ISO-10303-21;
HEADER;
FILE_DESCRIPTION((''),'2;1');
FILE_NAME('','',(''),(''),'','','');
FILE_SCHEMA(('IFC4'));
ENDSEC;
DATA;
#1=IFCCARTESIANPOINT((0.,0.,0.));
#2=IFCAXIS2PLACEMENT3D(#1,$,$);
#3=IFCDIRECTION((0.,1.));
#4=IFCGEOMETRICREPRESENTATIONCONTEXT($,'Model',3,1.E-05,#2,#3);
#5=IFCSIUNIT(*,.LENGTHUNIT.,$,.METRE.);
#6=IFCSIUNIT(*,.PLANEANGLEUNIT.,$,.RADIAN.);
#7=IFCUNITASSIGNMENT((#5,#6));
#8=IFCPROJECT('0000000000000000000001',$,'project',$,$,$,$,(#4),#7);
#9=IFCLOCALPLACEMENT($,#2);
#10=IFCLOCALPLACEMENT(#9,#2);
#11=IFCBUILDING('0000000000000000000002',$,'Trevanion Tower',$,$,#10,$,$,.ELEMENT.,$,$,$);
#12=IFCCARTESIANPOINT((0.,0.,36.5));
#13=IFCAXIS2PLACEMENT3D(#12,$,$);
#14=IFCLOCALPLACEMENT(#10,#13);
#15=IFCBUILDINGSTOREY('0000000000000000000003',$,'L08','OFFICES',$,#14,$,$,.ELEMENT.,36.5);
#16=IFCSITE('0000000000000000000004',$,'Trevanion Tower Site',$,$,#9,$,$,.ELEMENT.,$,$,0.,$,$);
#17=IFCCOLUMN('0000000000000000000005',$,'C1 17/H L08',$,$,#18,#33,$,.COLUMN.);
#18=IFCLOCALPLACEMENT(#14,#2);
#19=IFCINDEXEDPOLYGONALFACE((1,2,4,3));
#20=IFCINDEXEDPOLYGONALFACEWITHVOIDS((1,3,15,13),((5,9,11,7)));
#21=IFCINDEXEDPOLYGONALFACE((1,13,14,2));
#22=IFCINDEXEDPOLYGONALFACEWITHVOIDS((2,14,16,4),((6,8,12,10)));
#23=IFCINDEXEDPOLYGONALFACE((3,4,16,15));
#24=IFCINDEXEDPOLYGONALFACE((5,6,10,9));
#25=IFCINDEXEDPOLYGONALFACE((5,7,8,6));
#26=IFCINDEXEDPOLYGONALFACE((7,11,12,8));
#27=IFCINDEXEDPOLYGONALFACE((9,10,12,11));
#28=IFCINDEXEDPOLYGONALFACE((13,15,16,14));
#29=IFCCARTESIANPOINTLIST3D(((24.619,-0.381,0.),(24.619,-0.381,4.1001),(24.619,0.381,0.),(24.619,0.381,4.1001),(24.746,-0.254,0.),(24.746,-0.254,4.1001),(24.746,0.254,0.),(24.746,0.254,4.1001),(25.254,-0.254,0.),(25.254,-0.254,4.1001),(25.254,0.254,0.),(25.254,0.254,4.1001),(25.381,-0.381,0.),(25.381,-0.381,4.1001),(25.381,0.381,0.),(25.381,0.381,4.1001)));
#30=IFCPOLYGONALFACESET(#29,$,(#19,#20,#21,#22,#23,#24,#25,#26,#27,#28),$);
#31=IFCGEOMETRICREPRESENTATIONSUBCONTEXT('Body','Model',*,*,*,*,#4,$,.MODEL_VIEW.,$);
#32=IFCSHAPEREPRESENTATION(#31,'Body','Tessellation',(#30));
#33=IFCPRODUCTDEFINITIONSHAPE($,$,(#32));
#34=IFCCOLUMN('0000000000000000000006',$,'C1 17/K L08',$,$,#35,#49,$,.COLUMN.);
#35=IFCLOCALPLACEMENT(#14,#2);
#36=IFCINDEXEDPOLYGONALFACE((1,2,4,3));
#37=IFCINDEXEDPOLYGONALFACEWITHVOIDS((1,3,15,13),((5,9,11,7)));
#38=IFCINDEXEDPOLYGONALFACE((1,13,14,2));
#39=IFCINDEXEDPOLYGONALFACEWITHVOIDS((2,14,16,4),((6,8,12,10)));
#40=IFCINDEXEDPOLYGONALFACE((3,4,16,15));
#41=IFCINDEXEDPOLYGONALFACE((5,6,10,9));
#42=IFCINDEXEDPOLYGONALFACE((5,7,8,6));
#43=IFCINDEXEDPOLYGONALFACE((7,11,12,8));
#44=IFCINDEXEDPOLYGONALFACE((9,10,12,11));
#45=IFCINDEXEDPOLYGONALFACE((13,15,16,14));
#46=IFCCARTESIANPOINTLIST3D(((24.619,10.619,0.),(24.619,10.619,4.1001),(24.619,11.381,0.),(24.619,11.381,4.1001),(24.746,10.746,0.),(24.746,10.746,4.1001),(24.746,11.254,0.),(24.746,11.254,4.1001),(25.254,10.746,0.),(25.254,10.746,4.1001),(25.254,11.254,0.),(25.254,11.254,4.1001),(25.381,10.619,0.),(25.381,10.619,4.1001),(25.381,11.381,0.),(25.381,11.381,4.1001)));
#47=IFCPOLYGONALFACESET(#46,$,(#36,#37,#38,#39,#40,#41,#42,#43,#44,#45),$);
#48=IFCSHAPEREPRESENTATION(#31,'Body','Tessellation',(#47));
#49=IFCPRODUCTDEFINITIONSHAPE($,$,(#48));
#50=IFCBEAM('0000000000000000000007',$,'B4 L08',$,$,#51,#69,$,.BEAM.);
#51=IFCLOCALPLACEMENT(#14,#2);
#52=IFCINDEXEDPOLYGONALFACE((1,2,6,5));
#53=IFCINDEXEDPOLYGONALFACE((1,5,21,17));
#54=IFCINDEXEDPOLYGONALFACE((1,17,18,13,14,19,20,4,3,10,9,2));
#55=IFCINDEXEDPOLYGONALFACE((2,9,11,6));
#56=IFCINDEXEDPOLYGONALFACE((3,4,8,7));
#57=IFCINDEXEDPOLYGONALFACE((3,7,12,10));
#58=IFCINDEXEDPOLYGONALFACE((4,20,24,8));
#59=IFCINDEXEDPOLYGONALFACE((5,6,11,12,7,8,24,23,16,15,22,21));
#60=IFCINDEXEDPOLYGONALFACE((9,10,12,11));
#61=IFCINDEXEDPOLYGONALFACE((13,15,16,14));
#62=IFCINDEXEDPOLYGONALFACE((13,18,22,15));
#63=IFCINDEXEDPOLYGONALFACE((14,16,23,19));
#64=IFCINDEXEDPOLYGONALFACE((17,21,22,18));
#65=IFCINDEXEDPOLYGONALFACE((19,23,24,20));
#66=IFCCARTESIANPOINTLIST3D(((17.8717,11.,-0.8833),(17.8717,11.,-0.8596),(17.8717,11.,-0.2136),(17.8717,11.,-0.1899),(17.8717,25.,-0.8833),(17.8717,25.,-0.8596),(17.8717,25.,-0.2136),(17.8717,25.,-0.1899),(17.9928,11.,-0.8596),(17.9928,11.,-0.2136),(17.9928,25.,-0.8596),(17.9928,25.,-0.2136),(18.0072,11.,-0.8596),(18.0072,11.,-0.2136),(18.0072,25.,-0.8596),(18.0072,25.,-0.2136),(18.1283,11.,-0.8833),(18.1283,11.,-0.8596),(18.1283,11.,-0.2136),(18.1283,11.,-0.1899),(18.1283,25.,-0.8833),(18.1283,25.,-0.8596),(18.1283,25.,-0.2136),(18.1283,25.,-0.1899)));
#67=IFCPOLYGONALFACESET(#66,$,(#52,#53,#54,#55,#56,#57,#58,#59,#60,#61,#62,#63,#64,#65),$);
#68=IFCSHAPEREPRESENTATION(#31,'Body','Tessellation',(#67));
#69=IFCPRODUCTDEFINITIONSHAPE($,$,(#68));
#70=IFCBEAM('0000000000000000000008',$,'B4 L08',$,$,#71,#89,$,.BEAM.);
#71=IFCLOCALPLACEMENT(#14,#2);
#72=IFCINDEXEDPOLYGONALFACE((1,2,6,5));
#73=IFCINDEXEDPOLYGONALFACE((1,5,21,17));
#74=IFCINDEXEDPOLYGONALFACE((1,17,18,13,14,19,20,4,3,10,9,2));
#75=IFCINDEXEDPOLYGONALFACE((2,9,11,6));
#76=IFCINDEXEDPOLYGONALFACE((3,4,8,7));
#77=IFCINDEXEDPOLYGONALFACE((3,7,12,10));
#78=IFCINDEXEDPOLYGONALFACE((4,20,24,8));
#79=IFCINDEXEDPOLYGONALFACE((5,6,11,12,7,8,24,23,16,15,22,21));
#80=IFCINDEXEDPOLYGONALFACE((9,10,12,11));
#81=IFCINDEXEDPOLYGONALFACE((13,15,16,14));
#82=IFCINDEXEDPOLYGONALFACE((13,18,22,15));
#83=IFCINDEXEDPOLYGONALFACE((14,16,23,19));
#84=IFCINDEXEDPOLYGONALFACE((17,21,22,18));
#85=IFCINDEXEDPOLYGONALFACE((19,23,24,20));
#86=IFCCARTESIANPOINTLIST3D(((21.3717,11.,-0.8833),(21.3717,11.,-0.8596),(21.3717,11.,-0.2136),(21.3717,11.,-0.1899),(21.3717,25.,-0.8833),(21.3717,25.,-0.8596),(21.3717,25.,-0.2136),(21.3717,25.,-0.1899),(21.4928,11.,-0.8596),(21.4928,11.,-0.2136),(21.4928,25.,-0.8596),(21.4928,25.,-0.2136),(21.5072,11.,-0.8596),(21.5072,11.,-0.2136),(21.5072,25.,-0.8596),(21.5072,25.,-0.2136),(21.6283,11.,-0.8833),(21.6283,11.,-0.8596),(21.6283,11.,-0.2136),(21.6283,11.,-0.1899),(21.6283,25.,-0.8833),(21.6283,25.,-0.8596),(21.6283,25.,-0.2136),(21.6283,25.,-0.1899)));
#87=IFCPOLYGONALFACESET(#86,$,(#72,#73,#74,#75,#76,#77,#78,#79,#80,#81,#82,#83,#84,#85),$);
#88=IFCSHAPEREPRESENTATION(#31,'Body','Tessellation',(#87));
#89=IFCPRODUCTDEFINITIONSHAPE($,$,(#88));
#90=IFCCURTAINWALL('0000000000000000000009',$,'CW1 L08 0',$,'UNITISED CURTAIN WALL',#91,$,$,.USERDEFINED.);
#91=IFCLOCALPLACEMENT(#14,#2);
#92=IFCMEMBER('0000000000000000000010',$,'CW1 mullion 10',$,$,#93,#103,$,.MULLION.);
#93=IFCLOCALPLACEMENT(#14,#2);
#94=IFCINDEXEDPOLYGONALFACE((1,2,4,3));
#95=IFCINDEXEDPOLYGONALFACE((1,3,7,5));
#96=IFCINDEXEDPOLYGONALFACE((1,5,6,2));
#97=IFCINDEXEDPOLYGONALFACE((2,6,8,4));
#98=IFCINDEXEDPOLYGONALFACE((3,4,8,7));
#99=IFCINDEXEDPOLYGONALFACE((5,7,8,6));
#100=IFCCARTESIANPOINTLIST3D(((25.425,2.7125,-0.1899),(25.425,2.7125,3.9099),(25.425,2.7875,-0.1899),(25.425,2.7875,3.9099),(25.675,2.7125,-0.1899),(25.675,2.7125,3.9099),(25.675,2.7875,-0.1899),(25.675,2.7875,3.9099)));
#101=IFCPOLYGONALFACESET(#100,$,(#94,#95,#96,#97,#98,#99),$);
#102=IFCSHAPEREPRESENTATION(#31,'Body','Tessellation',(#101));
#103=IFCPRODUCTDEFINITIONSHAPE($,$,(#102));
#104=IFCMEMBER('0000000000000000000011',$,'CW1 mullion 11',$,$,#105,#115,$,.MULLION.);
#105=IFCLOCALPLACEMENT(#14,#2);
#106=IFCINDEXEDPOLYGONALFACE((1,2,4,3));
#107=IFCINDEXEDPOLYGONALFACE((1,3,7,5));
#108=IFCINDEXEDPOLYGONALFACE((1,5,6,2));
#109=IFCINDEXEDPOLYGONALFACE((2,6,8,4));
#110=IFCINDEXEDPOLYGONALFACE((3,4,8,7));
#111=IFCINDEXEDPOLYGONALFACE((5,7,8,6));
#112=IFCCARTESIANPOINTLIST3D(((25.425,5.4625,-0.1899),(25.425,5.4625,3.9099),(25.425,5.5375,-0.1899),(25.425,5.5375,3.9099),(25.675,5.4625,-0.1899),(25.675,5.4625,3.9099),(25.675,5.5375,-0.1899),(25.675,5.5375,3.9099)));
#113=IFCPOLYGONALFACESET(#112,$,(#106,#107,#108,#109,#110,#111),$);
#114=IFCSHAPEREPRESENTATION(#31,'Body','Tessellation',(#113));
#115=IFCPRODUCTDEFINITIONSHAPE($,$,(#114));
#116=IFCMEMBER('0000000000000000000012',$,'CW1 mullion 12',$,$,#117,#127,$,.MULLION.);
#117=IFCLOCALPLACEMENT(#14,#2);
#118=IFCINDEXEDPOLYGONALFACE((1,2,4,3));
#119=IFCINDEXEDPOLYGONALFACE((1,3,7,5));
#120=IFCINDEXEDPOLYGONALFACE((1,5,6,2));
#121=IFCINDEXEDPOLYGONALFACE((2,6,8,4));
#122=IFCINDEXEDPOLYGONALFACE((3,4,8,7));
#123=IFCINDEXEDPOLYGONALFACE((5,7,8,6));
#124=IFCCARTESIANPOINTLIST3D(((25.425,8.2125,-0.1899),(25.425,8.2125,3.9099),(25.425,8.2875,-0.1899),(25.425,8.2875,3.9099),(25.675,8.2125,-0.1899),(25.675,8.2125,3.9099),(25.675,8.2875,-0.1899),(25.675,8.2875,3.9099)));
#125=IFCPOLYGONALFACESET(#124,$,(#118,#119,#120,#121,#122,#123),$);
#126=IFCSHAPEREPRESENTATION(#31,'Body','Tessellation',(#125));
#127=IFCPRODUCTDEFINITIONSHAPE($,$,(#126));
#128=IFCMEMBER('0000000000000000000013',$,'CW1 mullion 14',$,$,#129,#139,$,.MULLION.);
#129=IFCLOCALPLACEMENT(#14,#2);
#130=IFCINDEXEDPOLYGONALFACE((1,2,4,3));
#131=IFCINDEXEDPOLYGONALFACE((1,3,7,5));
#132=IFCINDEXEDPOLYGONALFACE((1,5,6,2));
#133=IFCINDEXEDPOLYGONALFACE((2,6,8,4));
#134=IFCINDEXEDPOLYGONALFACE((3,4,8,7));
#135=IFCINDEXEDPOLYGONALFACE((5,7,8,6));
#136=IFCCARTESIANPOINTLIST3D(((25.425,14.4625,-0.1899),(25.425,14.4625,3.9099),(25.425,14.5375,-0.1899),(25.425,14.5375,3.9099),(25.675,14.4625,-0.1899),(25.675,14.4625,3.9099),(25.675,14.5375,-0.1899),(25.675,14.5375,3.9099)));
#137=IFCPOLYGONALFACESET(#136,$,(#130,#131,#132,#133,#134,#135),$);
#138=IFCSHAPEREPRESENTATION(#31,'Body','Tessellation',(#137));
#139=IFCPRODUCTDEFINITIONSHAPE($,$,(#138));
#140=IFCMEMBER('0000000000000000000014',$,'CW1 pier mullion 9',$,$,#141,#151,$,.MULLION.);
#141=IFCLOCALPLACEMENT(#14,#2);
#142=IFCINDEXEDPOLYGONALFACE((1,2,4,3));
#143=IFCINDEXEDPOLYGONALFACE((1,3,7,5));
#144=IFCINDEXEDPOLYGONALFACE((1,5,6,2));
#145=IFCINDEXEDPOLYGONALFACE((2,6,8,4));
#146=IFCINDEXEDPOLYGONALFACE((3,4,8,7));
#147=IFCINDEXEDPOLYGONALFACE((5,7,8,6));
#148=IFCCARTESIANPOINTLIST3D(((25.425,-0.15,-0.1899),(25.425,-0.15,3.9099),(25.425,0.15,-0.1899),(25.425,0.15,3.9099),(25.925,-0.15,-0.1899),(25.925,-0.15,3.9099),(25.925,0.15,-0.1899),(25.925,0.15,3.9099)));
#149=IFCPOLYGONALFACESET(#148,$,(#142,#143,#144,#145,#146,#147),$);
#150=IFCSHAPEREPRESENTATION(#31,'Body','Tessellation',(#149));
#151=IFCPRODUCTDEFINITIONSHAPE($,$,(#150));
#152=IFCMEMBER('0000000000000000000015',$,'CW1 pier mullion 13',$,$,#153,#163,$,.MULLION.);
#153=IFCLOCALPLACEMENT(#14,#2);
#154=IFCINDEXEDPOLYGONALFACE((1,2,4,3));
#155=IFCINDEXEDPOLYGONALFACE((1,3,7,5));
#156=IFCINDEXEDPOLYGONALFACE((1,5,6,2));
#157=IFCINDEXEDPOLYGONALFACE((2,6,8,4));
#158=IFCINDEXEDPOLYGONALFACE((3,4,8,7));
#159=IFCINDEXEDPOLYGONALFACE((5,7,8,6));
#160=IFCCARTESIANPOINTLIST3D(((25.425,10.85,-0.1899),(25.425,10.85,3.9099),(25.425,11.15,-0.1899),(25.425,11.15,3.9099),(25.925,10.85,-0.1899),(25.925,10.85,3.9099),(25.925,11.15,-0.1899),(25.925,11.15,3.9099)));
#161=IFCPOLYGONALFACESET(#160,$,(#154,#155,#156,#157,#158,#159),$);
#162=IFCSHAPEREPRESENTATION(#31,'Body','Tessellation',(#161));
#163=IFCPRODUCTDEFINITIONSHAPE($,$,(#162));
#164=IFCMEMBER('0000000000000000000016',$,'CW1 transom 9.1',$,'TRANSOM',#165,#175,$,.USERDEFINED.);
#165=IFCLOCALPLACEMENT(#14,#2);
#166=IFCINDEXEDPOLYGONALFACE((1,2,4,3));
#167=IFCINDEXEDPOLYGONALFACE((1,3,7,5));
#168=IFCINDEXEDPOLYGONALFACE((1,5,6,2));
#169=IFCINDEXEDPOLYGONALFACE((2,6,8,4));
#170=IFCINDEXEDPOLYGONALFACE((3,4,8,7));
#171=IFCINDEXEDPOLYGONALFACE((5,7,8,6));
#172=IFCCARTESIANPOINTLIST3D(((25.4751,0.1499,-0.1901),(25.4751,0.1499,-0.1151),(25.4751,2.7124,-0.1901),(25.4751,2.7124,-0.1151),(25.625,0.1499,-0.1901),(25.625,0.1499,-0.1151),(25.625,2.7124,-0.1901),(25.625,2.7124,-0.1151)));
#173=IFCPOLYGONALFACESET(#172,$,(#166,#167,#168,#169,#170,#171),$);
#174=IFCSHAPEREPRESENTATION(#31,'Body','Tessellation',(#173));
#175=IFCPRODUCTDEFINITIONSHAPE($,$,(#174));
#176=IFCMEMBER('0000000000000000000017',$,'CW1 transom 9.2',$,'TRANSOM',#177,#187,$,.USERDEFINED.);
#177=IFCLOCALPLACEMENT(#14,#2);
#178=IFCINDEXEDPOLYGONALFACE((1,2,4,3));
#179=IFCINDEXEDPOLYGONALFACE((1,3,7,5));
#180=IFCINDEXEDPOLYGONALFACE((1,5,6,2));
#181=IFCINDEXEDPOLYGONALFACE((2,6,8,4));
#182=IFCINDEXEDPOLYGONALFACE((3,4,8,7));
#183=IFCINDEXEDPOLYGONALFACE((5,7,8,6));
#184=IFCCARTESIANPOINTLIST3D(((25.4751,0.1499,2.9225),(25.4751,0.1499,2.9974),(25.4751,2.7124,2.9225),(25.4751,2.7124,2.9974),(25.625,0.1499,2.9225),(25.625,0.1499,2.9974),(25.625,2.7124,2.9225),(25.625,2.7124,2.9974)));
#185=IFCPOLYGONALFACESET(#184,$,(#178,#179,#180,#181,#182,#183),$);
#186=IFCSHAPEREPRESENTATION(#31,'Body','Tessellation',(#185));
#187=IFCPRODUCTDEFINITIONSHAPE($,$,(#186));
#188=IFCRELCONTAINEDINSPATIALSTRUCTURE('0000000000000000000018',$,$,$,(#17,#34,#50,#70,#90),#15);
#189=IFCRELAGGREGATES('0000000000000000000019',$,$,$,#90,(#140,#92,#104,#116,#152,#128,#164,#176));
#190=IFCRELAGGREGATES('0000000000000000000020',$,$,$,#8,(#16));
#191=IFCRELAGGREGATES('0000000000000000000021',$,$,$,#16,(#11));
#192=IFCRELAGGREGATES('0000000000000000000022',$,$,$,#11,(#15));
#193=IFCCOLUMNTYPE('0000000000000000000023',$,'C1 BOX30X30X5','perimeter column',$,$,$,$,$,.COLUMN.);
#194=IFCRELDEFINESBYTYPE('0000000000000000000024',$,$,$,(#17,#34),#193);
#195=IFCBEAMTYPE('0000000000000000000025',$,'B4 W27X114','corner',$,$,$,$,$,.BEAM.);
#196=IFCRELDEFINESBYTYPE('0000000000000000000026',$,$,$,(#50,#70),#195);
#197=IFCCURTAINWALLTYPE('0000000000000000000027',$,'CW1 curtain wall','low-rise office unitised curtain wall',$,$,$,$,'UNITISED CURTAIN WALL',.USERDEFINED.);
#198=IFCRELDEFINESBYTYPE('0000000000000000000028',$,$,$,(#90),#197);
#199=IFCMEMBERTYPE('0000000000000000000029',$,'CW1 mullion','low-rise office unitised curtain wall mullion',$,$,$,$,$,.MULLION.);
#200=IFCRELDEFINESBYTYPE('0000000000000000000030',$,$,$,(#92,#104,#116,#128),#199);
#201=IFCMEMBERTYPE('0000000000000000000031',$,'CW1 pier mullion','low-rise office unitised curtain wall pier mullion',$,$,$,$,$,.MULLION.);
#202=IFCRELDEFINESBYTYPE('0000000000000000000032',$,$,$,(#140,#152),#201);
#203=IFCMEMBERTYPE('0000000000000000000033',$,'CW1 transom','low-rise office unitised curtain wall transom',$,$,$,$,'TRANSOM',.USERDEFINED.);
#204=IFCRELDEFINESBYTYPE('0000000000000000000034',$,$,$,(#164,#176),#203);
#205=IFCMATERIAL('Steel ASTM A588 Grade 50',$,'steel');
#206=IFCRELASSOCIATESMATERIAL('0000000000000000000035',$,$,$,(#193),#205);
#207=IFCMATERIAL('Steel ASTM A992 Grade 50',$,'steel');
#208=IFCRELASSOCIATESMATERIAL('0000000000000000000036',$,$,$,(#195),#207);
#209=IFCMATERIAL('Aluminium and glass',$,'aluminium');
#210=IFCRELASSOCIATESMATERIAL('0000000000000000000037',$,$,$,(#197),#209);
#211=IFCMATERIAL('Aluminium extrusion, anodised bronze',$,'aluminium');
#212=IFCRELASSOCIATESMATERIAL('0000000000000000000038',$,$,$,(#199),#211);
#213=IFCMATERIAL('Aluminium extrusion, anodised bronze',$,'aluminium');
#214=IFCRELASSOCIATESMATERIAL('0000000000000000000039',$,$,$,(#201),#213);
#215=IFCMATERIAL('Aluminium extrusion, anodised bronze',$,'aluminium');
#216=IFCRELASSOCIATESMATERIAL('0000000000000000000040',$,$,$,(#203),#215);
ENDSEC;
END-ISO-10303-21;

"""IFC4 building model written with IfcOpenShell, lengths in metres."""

from ifc_helpers import new_model, si_unit, direction, frame, origin, origin_2d, place, context, subcontext, project, spatial, rectangle, hollow_rectangle, i_section, extrude, material, material_profile, profile_set, type_object, element, aggregate, save


model = new_model("IFC4")

# Units and contexts
model_context = context("Model", 3, precision=1e-05, world=origin(), true_north=direction((0.0, 1.0)))
body_context = subcontext(model_context, "Body", "Model", "MODEL_VIEW")
ifc_project = project(units=[si_unit("LENGTHUNIT", "METRE"), si_unit("PLANEANGLEUNIT", "RADIAN")], contexts=[model_context])

# Site, building, storey
site_placement = place(None, origin())
site = spatial("IfcSite", under=ifc_project, at=site_placement, Name="Trevanion Tower Site", CompositionType="ELEMENT", RefElevation=0.0)
building_placement = place(site_placement, origin())
building = spatial("IfcBuilding", under=site, at=building_placement, Name="Trevanion Tower", CompositionType="ELEMENT")
storey_placement = place(building_placement, frame((0.0, 0.0, 36.5)))
storey = spatial("IfcBuildingStorey", under=building, at=storey_placement, Name="L08", Description="OFFICES", CompositionType="ELEMENT", Elevation=36.5)

# Columns
ifc_material_1 = material(Name="Steel ASTM A588 Grade 50", Category="steel")
ifc_material_profile_1 = material_profile(ifc_material_1, hollow_rectangle(XDim=0.762, YDim=0.762, WallThickness=0.127, at=origin_2d()), Name="BOX30X30X5")
ifc_profile_set_1 = profile_set([ifc_material_profile_1], Name="Steel ASTM A588 Grade 50")
column_type = type_object("IfcColumnType", Name="C1 BOX30X30X5", Description="perimeter column", PredefinedType="COLUMN", material=ifc_profile_set_1)
for number, where, z_axis, x_axis, name in (
    (1, (25.0, 0.0, 0.0), (0.0, 0.0, 1.0), (0.0, 1.0, 0.0), "C1 17/H L08"),
    (2, (25.0, 11.0, 0.0), (0.0, 0.0, 1.0), (0.0, 1.0, 0.0), "C1 17/K L08"),
):
    element("IfcColumn", number, at=place(storey_placement, frame(where, z_axis=z_axis, x_axis=x_axis)), inside=storey, type_object=column_type, Name=name, PredefinedType="COLUMN", context=body_context, shape_type="SweptSolid", body=[
        extrude(hollow_rectangle(XDim=0.762, YDim=0.762, WallThickness=0.127, at=origin_2d()), origin(), (0.0, 0.0, 1.0), 4.1001),
    ])

# Beams
ifc_material_2 = material(Name="Steel ASTM A992 Grade 50", Category="steel")
ifc_material_profile_2 = material_profile(ifc_material_2, i_section(OverallWidth=0.2566, OverallDepth=0.6934, WebThickness=0.0144, FlangeThickness=0.0237, at=origin_2d()), Name="W27X114")
ifc_profile_set_2 = profile_set([ifc_material_profile_2], Name="Steel ASTM A992 Grade 50")
beam_type_1 = type_object("IfcBeamType", Name="B4 W27X114", Description="corner", PredefinedType="BEAM", material=ifc_profile_set_2)
for number, where, z_axis, x_axis, name in (
    (3, (18.0, 11.0, -0.5366), (0.0, 1.0, 0.0), (-1.0, 0.0, 0.0), "B4 L08"),
    (4, (21.5, 11.0, -0.5366), (0.0, 1.0, 0.0), (-1.0, 0.0, 0.0), "B4 L08"),
):
    element("IfcBeam", number, at=place(storey_placement, frame(where, z_axis=z_axis, x_axis=x_axis)), inside=storey, type_object=beam_type_1, Name=name, PredefinedType="BEAM", context=body_context, shape_type="SweptSolid", body=[
        extrude(i_section(OverallWidth=0.2566, OverallDepth=0.6934, WebThickness=0.0144, FlangeThickness=0.0237, at=origin_2d()), origin(), (0.0, 0.0, 1.0), 14.0),
    ])

# Curtain wall, members
ifc_material_3 = material(Name="Aluminium and glass", Category="aluminium")
curtain_wall_type = type_object("IfcCurtainWallType", Name="CW1 curtain wall", Description="low-rise office unitised curtain wall", ElementType="UNITISED CURTAIN WALL", PredefinedType="USERDEFINED", material=ifc_material_3)
curtain_wall_placement = place(storey_placement, origin())
curtain_wall = element("IfcCurtainWall", 5, at=curtain_wall_placement, inside=storey, type_object=curtain_wall_type, Name="CW1 L08 0", ObjectType="UNITISED CURTAIN WALL", PredefinedType="USERDEFINED")
ifc_material_4 = material(Name="Aluminium extrusion, anodised bronze", Category="aluminium")
ifc_material_profile_3 = material_profile(ifc_material_4, rectangle(XDim=0.075, YDim=0.25, at=origin_2d()), Name="CW1 mullion")
ifc_profile_set_3 = profile_set([ifc_material_profile_3], Name="Aluminium extrusion, anodised bronze")
member_type_1 = type_object("IfcMemberType", Name="CW1 mullion", Description="low-rise office unitised curtain wall mullion", PredefinedType="MULLION", material=ifc_profile_set_3)
member_1_placement = place(storey_placement, frame((25.55, 2.75, -0.1899), z_axis=(0.0, 0.0, 1.0), x_axis=(0.0, 1.0, 0.0)))
member_1 = element("IfcMember", 6, at=member_1_placement, type_object=member_type_1, Name="CW1 mullion 10", PredefinedType="MULLION", context=body_context, shape_type="SweptSolid", body=[
    extrude(rectangle(XDim=0.075, YDim=0.25, at=origin_2d()), origin(), (0.0, 0.0, 1.0), 4.0999),
])
member_2_placement = place(storey_placement, frame((25.55, 5.5, -0.1899), z_axis=(0.0, 0.0, 1.0), x_axis=(0.0, 1.0, 0.0)))
member_2 = element("IfcMember", 7, at=member_2_placement, type_object=member_type_1, Name="CW1 mullion 11", PredefinedType="MULLION", context=body_context, shape_type="SweptSolid", body=[
    extrude(rectangle(XDim=0.075, YDim=0.25, at=origin_2d()), origin(), (0.0, 0.0, 1.0), 4.0999),
])
member_3_placement = place(storey_placement, frame((25.55, 8.25, -0.1899), z_axis=(0.0, 0.0, 1.0), x_axis=(0.0, 1.0, 0.0)))
member_3 = element("IfcMember", 8, at=member_3_placement, type_object=member_type_1, Name="CW1 mullion 12", PredefinedType="MULLION", context=body_context, shape_type="SweptSolid", body=[
    extrude(rectangle(XDim=0.075, YDim=0.25, at=origin_2d()), origin(), (0.0, 0.0, 1.0), 4.0999),
])
member_4_placement = place(storey_placement, frame((25.55, 14.5, -0.1899), z_axis=(0.0, 0.0, 1.0), x_axis=(0.0, 1.0, 0.0)))
member_4 = element("IfcMember", 9, at=member_4_placement, type_object=member_type_1, Name="CW1 mullion 14", PredefinedType="MULLION", context=body_context, shape_type="SweptSolid", body=[
    extrude(rectangle(XDim=0.075, YDim=0.25, at=origin_2d()), origin(), (0.0, 0.0, 1.0), 4.0999),
])
ifc_material_5 = material(Name="Aluminium extrusion, anodised bronze", Category="aluminium")
ifc_material_profile_4 = material_profile(ifc_material_5, rectangle(XDim=0.3, YDim=0.5, at=origin_2d()), Name="CW1 pier mullion")
ifc_profile_set_4 = profile_set([ifc_material_profile_4], Name="Aluminium extrusion, anodised bronze")
member_type_2 = type_object("IfcMemberType", Name="CW1 pier mullion", Description="low-rise office unitised curtain wall pier mullion", PredefinedType="MULLION", material=ifc_profile_set_4)
member_5_placement = place(storey_placement, frame((25.675, 0.0, -0.1899), z_axis=(0.0, 0.0, 1.0), x_axis=(0.0, 1.0, 0.0)))
member_5 = element("IfcMember", 10, at=member_5_placement, type_object=member_type_2, Name="CW1 pier mullion 9", PredefinedType="MULLION", context=body_context, shape_type="SweptSolid", body=[
    extrude(rectangle(XDim=0.3, YDim=0.5, at=origin_2d()), origin(), (0.0, 0.0, 1.0), 4.0999),
])
member_6_placement = place(storey_placement, frame((25.675, 11.0, -0.1899), z_axis=(0.0, 0.0, 1.0), x_axis=(0.0, 1.0, 0.0)))
member_6 = element("IfcMember", 11, at=member_6_placement, type_object=member_type_2, Name="CW1 pier mullion 13", PredefinedType="MULLION", context=body_context, shape_type="SweptSolid", body=[
    extrude(rectangle(XDim=0.3, YDim=0.5, at=origin_2d()), origin(), (0.0, 0.0, 1.0), 4.0999),
])
ifc_material_6 = material(Name="Aluminium extrusion, anodised bronze", Category="aluminium")
ifc_material_profile_5 = material_profile(ifc_material_6, rectangle(XDim=0.1499, YDim=0.075, at=origin_2d()), Name="CW1 transom")
ifc_profile_set_5 = profile_set([ifc_material_profile_5], Name="Aluminium extrusion, anodised bronze")
member_type_3 = type_object("IfcMemberType", Name="CW1 transom", Description="low-rise office unitised curtain wall transom", ElementType="TRANSOM", PredefinedType="USERDEFINED", material=ifc_profile_set_5)
member_7_placement = place(storey_placement, frame((25.55, 0.1499, -0.1526), z_axis=(0.0, 1.0, 0.0), x_axis=(-1.0, 0.0, 0.0)))
member_7 = element("IfcMember", 12, at=member_7_placement, type_object=member_type_3, Name="CW1 transom 9.1", ObjectType="TRANSOM", PredefinedType="USERDEFINED", context=body_context, shape_type="SweptSolid", body=[
    extrude(rectangle(XDim=0.1499, YDim=0.075, at=origin_2d()), origin(), (0.0, 0.0, 1.0), 2.5625),
])
member_8_placement = place(storey_placement, frame((25.55, 0.1499, 2.96), z_axis=(0.0, 1.0, 0.0), x_axis=(-1.0, 0.0, 0.0)))
member_8 = element("IfcMember", 13, at=member_8_placement, type_object=member_type_3, Name="CW1 transom 9.2", ObjectType="TRANSOM", PredefinedType="USERDEFINED", context=body_context, shape_type="SweptSolid", body=[
    extrude(rectangle(XDim=0.1499, YDim=0.075, at=origin_2d()), origin(), (0.0, 0.0, 1.0), 2.5625),
])

aggregate(curtain_wall, [member_5, member_1, member_2, member_3, member_6, member_4, member_7, member_8])

save(model, "model.ifc")
